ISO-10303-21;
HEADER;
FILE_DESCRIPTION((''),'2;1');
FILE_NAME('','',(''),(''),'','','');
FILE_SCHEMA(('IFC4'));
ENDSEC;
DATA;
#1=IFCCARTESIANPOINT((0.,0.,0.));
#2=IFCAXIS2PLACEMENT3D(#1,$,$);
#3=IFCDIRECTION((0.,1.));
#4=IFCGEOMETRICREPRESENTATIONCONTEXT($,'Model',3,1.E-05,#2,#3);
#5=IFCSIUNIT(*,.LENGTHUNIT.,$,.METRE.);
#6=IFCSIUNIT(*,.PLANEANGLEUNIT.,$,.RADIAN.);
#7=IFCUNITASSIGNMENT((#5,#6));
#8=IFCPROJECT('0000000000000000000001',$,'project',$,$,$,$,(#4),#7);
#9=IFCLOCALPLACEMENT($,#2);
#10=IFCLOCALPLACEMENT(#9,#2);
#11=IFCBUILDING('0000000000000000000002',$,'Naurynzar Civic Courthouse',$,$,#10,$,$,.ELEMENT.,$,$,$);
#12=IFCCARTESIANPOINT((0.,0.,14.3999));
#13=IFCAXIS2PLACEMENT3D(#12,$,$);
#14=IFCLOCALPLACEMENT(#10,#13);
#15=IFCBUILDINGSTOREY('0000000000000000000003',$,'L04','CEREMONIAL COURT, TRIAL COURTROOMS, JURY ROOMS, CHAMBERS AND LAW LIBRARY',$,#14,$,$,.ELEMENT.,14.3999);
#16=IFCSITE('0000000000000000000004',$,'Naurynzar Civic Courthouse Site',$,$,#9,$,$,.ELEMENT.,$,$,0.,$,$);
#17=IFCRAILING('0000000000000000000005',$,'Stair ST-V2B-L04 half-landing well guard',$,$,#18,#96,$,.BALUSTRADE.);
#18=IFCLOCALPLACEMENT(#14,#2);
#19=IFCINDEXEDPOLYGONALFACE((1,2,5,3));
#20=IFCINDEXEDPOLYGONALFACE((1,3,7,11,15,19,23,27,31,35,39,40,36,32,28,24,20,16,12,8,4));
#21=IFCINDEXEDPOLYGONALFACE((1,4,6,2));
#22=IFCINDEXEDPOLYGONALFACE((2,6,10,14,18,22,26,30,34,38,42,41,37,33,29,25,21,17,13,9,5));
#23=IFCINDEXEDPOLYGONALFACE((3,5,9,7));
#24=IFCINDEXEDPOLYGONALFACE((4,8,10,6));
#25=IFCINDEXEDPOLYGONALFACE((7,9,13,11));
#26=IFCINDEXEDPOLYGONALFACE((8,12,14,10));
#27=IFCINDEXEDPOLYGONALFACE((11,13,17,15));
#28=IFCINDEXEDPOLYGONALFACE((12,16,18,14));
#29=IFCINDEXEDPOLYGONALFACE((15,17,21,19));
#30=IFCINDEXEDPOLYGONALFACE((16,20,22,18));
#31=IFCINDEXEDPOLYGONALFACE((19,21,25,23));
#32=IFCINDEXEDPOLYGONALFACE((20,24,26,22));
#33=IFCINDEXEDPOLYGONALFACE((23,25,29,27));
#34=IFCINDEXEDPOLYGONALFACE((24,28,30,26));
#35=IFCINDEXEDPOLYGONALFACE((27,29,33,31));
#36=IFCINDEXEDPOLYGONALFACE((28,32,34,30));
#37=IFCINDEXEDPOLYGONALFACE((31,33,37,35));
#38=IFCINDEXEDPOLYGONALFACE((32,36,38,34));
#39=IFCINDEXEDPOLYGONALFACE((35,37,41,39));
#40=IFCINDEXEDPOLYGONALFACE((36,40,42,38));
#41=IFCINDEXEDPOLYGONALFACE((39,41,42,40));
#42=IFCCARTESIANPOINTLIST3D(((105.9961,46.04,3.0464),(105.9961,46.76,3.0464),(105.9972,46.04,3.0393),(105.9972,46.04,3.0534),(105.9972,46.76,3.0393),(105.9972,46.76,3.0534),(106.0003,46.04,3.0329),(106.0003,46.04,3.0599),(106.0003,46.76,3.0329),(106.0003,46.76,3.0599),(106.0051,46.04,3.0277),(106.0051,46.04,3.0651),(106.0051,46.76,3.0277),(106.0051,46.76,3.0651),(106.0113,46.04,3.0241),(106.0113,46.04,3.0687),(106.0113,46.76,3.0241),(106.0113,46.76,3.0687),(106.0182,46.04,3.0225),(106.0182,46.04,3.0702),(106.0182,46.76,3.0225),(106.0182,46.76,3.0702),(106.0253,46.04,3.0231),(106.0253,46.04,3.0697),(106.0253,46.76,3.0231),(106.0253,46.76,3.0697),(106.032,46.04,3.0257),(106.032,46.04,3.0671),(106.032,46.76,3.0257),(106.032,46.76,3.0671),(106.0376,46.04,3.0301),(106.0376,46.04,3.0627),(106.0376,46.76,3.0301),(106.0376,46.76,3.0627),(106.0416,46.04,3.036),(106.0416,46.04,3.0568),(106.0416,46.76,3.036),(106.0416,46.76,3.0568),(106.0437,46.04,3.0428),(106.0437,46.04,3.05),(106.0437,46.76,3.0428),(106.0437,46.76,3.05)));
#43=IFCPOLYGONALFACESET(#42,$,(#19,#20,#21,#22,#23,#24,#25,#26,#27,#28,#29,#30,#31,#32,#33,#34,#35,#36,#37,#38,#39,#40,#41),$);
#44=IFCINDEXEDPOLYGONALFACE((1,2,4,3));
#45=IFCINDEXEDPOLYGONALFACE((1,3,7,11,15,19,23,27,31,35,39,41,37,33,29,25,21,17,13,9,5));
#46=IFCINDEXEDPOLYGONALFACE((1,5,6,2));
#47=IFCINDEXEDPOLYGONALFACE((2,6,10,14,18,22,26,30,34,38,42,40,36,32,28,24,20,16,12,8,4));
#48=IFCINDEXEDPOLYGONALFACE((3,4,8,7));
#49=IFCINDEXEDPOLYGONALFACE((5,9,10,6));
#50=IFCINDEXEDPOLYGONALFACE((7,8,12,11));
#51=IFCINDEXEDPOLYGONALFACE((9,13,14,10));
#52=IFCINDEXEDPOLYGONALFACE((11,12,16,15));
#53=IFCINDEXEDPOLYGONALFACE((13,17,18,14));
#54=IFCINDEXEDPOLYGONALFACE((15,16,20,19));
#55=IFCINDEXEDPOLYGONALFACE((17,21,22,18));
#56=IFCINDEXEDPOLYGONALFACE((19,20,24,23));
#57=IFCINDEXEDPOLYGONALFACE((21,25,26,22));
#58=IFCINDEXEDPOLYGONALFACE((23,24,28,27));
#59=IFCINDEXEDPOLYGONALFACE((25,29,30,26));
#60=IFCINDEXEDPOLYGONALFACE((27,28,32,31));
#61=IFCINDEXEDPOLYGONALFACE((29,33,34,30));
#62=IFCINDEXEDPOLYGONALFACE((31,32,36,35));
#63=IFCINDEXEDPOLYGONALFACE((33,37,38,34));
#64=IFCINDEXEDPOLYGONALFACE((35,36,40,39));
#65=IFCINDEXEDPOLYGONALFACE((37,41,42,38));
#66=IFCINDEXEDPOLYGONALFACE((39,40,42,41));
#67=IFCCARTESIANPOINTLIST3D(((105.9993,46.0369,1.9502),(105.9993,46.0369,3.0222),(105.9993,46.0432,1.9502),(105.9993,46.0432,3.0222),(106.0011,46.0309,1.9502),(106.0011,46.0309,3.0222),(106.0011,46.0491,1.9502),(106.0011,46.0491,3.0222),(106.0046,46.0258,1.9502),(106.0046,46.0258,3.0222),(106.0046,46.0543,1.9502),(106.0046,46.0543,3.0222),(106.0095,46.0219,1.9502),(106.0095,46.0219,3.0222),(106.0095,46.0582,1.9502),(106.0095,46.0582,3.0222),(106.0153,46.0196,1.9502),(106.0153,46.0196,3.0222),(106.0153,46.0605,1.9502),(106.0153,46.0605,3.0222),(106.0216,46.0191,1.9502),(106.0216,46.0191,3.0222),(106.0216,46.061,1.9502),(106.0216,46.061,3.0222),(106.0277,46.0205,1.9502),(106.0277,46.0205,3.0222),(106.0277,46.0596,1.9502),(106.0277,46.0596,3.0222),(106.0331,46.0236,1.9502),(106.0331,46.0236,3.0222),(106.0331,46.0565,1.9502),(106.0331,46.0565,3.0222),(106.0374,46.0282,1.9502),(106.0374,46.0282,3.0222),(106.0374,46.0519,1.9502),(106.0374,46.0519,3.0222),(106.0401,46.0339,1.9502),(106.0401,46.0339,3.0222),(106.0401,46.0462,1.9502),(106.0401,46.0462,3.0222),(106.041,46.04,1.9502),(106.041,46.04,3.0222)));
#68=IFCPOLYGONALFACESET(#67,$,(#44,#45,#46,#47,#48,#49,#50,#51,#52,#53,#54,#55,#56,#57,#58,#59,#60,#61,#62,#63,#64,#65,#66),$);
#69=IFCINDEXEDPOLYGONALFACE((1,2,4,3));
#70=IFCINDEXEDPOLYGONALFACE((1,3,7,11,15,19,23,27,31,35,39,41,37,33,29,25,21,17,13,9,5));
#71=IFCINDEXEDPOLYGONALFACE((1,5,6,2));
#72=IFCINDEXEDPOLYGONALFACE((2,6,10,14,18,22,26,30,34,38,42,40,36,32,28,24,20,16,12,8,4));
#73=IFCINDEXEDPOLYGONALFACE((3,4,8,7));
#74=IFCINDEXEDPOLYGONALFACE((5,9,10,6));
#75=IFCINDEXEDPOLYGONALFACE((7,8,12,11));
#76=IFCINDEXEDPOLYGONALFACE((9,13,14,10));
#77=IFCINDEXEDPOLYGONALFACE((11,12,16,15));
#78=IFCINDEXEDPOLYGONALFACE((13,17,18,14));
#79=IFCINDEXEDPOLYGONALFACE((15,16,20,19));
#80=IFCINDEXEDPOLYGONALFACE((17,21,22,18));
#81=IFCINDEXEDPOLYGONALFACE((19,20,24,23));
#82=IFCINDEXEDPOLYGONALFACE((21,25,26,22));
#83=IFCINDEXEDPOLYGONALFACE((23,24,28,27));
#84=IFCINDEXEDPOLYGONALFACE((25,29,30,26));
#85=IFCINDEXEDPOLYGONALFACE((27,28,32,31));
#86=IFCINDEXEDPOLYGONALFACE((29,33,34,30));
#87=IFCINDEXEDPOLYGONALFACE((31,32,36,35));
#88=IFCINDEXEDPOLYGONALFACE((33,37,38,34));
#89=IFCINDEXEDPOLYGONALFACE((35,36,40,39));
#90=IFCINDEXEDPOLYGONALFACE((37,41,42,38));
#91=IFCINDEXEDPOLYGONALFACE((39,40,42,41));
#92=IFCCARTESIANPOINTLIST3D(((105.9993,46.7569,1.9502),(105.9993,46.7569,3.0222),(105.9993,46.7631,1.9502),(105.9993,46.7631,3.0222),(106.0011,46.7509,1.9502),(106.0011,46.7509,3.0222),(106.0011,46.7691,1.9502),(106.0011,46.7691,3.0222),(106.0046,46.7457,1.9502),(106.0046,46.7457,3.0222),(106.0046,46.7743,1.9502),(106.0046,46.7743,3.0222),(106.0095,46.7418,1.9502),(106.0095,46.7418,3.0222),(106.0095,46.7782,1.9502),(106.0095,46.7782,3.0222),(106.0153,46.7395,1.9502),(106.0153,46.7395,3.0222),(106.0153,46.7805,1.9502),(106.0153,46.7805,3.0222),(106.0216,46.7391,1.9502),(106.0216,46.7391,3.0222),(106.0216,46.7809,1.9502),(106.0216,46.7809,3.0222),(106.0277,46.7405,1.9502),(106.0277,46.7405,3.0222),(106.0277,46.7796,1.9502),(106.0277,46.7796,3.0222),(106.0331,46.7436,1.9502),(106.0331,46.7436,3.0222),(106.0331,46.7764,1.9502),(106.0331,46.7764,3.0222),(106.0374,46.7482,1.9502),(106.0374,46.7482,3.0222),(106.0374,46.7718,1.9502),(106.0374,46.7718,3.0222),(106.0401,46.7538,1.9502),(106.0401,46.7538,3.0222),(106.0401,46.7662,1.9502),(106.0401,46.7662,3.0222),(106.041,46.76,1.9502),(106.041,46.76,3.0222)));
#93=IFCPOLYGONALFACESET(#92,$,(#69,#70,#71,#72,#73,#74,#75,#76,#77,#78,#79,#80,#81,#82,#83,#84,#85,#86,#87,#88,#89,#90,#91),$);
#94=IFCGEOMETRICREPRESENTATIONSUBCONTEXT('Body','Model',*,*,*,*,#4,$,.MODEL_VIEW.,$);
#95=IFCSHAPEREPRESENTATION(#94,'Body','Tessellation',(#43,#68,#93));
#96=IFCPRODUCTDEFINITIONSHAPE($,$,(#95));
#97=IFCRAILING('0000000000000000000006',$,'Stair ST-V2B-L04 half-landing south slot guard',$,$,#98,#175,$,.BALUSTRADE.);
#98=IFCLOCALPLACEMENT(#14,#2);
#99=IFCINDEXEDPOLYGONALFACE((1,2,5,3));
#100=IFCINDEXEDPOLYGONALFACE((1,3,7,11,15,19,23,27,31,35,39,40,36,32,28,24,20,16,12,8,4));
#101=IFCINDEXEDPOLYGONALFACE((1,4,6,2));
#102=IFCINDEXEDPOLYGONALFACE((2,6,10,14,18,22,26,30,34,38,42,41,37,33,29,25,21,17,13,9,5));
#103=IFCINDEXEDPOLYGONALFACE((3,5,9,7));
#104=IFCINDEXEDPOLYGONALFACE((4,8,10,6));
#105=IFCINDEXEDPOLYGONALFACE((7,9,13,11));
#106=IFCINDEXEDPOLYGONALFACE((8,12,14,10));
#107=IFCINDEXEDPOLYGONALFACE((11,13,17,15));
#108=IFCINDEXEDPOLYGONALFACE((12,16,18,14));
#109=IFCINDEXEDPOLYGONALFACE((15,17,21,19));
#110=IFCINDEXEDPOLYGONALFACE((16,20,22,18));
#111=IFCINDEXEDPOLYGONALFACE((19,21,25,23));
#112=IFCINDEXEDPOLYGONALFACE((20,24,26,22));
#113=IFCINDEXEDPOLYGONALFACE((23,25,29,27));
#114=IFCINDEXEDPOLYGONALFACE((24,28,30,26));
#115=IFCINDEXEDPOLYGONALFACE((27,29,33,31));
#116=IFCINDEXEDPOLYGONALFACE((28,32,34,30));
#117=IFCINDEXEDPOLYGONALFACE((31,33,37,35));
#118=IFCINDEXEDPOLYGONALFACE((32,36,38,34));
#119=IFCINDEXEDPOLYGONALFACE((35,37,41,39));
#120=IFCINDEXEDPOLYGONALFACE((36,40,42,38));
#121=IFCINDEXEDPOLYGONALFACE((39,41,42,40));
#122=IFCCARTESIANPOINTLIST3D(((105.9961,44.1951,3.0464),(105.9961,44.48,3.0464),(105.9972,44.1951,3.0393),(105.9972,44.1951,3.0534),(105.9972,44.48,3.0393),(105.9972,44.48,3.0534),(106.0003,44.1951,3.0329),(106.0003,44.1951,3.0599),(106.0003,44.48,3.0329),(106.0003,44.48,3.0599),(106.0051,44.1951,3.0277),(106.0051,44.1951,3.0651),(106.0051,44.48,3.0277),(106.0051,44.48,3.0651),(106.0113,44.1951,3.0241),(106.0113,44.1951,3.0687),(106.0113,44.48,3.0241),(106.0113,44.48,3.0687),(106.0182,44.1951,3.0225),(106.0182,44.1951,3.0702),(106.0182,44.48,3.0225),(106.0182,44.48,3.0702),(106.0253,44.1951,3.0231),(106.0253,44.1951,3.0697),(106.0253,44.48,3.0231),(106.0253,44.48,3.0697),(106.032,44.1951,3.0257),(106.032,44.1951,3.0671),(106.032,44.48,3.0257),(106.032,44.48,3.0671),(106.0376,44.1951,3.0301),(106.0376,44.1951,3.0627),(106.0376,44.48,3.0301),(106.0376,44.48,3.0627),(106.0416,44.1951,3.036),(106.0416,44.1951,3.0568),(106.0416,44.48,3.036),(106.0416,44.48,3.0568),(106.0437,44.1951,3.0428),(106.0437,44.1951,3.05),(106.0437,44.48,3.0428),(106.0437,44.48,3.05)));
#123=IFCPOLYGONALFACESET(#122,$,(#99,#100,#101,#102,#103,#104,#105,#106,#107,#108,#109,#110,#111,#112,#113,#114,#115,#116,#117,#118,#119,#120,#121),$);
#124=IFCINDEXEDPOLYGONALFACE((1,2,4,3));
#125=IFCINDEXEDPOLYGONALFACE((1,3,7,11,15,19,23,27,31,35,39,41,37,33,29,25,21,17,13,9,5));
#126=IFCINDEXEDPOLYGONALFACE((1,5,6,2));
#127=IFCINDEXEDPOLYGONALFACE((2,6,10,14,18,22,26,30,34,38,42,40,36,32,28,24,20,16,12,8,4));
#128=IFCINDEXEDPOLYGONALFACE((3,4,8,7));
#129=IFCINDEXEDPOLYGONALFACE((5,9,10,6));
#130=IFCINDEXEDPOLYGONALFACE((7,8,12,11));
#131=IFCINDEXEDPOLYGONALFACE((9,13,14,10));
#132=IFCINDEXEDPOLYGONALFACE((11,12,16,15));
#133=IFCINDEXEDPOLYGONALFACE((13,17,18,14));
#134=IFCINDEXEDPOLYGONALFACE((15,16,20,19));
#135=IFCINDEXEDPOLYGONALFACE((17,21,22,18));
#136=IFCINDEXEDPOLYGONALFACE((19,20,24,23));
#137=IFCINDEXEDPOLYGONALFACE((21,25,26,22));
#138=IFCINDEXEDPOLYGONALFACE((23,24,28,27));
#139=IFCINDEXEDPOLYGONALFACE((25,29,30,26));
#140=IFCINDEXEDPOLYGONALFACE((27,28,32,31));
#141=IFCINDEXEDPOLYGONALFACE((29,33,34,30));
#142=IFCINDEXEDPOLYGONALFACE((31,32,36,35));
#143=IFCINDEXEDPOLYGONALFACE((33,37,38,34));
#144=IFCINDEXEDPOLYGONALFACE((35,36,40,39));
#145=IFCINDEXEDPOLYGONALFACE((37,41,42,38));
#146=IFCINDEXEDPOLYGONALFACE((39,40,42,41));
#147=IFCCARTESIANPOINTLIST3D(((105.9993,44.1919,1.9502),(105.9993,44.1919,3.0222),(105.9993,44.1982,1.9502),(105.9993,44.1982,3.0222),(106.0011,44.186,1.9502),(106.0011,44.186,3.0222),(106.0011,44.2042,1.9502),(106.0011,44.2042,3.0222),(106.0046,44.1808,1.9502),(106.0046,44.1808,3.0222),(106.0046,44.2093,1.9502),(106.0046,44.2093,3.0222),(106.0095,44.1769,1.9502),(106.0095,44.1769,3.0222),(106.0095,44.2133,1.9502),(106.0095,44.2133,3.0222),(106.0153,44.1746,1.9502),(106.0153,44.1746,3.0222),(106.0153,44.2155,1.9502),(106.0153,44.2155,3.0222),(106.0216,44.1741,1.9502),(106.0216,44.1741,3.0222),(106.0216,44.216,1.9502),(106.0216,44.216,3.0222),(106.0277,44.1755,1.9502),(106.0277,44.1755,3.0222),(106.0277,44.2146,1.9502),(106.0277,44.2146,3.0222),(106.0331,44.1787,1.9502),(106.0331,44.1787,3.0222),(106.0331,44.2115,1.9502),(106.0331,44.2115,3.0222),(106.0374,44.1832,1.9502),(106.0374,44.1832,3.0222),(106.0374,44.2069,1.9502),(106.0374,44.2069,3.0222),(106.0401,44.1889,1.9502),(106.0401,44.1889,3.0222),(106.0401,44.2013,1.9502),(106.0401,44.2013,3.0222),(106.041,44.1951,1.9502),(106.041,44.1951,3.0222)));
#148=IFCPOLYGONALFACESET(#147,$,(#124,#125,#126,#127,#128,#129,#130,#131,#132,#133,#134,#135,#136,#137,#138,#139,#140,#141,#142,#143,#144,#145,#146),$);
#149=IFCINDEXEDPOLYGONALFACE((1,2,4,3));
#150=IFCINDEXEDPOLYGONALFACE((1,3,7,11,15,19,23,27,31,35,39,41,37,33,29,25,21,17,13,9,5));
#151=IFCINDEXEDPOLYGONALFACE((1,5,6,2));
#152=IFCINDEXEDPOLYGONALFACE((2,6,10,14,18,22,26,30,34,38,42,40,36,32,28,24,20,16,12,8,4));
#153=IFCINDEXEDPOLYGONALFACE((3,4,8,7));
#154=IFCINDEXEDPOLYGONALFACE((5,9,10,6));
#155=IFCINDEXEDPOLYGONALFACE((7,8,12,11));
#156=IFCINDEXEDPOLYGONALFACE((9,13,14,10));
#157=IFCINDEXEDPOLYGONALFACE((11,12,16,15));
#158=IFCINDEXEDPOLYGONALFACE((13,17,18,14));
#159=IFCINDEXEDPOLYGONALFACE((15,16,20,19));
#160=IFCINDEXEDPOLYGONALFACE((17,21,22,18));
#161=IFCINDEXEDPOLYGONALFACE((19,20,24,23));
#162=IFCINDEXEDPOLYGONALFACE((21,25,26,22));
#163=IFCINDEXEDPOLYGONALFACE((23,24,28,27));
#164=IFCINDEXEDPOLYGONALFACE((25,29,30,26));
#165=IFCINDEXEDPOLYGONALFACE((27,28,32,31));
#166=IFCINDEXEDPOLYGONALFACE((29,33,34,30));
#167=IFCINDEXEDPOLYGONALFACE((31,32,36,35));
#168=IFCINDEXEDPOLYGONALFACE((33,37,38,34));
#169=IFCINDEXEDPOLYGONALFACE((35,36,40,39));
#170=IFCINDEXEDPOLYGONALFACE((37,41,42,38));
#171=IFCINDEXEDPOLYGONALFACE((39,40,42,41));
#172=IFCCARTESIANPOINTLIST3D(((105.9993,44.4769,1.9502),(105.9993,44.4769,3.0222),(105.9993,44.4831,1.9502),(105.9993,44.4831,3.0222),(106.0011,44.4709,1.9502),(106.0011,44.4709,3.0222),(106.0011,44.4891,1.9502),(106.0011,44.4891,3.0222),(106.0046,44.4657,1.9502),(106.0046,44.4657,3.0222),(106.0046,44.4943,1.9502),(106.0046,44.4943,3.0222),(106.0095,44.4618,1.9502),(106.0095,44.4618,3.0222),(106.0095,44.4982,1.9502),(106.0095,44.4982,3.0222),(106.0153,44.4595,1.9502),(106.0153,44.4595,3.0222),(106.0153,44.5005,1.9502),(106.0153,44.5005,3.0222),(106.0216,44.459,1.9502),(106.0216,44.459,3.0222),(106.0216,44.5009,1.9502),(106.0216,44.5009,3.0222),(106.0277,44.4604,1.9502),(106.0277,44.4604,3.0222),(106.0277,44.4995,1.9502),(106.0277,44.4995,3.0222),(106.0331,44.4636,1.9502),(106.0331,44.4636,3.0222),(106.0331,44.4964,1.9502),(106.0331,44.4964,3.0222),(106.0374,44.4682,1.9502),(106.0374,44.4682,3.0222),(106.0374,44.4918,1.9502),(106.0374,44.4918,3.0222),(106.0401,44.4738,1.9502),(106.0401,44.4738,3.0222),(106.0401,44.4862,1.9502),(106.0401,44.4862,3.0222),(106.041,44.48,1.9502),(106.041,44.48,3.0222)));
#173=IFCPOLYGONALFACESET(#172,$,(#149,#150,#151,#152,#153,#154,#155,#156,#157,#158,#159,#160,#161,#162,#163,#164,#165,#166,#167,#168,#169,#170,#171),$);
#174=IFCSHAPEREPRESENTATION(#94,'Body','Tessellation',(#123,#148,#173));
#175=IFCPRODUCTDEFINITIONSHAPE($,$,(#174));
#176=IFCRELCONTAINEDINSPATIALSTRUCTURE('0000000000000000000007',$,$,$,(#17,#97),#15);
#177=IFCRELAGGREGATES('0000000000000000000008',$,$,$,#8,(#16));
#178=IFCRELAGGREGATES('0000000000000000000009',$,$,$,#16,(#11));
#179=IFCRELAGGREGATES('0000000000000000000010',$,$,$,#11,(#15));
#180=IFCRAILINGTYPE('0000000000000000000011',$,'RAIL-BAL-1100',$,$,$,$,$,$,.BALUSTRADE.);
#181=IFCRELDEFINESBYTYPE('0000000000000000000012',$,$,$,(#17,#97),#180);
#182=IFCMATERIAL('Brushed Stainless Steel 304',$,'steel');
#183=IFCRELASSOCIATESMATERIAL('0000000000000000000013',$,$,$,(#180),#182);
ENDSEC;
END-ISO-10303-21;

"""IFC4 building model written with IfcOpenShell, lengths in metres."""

from ifc_helpers import new_model, si_unit, direction, frame, origin, origin_2d, place, context, subcontext, project, spatial, circle, extrude, material, type_object, element, save


model = new_model("IFC4")

# Units and contexts
model_context = context("Model", 3, precision=1e-05, world=origin(), true_north=direction((0.0, 1.0)))
body_context = subcontext(model_context, "Body", "Model", "MODEL_VIEW")
ifc_project = project(units=[si_unit("LENGTHUNIT", "METRE"), si_unit("PLANEANGLEUNIT", "RADIAN")], contexts=[model_context])

# Site, building, storey
site_placement = place(None, origin())
site = spatial("IfcSite", under=ifc_project, at=site_placement, Name="Naurynzar Civic Courthouse Site", CompositionType="ELEMENT", RefElevation=0.0)
building_placement = place(site_placement, origin())
building = spatial("IfcBuilding", under=site, at=building_placement, Name="Naurynzar Civic Courthouse", CompositionType="ELEMENT")
storey_placement = place(building_placement, frame((0.0, 0.0, 14.3999)))
storey = spatial("IfcBuildingStorey", under=building, at=storey_placement, Name="L04", Description="CEREMONIAL COURT, TRIAL COURTROOMS, JURY ROOMS, CHAMBERS AND LAW LIBRARY", CompositionType="ELEMENT", Elevation=14.3999)

# Railings
ifc_material_1 = material(Name="Brushed Stainless Steel 304", Category="steel")
railing_type_1 = type_object("IfcRailingType", Name="RAIL-BAL-1100", PredefinedType="BALUSTRADE", material=ifc_material_1)
for number, where, name in (
    (1, (106.02, 46.04, 1.9502), "Stair ST-V2B-L04 half-landing well guard"),
):
    element("IfcRailing", number, at=place(storey_placement, frame(where)), inside=storey, type_object=railing_type_1, Name=name, PredefinedType="BALUSTRADE", context=body_context, shape_type="SweptSolid", body=[
        extrude(circle(Radius=0.0239, at=origin_2d()), frame((0.0, 0.0, 1.0962), z_axis=(0.0, 1.0, 0.0), x_axis=(-1.0, 0.0, 0.0)), (0.0, 0.0, 1.0), 0.72),
        extrude(circle(Radius=0.021, at=origin_2d()), origin(), (0.0, 0.0, 1.0), 1.072),
        extrude(circle(Radius=0.021, at=origin_2d()), frame((0.0, 0.72, 0.0)), (0.0, 0.0, 1.0), 1.072),
    ])
railing_1_placement = place(storey_placement, frame((106.02, 44.1951, 1.9502)))
element("IfcRailing", 2, at=railing_1_placement, inside=storey, type_object=railing_type_1, Name="Stair ST-V2B-L04 half-landing south slot guard", PredefinedType="BALUSTRADE", context=body_context, shape_type="SweptSolid", body=[
    extrude(circle(Radius=0.0239, at=origin_2d()), frame((0.0, 0.0, 1.0962), z_axis=(0.0, 1.0, 0.0), x_axis=(-1.0, 0.0, 0.0)), (0.0, 0.0, 1.0), 0.2849),
    extrude(circle(Radius=0.021, at=origin_2d()), origin(), (0.0, 0.0, 1.0), 1.072),
    extrude(circle(Radius=0.021, at=origin_2d()), frame((0.0, 0.2849, 0.0)), (0.0, 0.0, 1.0), 1.072),
])

save(model, "model.ifc")
